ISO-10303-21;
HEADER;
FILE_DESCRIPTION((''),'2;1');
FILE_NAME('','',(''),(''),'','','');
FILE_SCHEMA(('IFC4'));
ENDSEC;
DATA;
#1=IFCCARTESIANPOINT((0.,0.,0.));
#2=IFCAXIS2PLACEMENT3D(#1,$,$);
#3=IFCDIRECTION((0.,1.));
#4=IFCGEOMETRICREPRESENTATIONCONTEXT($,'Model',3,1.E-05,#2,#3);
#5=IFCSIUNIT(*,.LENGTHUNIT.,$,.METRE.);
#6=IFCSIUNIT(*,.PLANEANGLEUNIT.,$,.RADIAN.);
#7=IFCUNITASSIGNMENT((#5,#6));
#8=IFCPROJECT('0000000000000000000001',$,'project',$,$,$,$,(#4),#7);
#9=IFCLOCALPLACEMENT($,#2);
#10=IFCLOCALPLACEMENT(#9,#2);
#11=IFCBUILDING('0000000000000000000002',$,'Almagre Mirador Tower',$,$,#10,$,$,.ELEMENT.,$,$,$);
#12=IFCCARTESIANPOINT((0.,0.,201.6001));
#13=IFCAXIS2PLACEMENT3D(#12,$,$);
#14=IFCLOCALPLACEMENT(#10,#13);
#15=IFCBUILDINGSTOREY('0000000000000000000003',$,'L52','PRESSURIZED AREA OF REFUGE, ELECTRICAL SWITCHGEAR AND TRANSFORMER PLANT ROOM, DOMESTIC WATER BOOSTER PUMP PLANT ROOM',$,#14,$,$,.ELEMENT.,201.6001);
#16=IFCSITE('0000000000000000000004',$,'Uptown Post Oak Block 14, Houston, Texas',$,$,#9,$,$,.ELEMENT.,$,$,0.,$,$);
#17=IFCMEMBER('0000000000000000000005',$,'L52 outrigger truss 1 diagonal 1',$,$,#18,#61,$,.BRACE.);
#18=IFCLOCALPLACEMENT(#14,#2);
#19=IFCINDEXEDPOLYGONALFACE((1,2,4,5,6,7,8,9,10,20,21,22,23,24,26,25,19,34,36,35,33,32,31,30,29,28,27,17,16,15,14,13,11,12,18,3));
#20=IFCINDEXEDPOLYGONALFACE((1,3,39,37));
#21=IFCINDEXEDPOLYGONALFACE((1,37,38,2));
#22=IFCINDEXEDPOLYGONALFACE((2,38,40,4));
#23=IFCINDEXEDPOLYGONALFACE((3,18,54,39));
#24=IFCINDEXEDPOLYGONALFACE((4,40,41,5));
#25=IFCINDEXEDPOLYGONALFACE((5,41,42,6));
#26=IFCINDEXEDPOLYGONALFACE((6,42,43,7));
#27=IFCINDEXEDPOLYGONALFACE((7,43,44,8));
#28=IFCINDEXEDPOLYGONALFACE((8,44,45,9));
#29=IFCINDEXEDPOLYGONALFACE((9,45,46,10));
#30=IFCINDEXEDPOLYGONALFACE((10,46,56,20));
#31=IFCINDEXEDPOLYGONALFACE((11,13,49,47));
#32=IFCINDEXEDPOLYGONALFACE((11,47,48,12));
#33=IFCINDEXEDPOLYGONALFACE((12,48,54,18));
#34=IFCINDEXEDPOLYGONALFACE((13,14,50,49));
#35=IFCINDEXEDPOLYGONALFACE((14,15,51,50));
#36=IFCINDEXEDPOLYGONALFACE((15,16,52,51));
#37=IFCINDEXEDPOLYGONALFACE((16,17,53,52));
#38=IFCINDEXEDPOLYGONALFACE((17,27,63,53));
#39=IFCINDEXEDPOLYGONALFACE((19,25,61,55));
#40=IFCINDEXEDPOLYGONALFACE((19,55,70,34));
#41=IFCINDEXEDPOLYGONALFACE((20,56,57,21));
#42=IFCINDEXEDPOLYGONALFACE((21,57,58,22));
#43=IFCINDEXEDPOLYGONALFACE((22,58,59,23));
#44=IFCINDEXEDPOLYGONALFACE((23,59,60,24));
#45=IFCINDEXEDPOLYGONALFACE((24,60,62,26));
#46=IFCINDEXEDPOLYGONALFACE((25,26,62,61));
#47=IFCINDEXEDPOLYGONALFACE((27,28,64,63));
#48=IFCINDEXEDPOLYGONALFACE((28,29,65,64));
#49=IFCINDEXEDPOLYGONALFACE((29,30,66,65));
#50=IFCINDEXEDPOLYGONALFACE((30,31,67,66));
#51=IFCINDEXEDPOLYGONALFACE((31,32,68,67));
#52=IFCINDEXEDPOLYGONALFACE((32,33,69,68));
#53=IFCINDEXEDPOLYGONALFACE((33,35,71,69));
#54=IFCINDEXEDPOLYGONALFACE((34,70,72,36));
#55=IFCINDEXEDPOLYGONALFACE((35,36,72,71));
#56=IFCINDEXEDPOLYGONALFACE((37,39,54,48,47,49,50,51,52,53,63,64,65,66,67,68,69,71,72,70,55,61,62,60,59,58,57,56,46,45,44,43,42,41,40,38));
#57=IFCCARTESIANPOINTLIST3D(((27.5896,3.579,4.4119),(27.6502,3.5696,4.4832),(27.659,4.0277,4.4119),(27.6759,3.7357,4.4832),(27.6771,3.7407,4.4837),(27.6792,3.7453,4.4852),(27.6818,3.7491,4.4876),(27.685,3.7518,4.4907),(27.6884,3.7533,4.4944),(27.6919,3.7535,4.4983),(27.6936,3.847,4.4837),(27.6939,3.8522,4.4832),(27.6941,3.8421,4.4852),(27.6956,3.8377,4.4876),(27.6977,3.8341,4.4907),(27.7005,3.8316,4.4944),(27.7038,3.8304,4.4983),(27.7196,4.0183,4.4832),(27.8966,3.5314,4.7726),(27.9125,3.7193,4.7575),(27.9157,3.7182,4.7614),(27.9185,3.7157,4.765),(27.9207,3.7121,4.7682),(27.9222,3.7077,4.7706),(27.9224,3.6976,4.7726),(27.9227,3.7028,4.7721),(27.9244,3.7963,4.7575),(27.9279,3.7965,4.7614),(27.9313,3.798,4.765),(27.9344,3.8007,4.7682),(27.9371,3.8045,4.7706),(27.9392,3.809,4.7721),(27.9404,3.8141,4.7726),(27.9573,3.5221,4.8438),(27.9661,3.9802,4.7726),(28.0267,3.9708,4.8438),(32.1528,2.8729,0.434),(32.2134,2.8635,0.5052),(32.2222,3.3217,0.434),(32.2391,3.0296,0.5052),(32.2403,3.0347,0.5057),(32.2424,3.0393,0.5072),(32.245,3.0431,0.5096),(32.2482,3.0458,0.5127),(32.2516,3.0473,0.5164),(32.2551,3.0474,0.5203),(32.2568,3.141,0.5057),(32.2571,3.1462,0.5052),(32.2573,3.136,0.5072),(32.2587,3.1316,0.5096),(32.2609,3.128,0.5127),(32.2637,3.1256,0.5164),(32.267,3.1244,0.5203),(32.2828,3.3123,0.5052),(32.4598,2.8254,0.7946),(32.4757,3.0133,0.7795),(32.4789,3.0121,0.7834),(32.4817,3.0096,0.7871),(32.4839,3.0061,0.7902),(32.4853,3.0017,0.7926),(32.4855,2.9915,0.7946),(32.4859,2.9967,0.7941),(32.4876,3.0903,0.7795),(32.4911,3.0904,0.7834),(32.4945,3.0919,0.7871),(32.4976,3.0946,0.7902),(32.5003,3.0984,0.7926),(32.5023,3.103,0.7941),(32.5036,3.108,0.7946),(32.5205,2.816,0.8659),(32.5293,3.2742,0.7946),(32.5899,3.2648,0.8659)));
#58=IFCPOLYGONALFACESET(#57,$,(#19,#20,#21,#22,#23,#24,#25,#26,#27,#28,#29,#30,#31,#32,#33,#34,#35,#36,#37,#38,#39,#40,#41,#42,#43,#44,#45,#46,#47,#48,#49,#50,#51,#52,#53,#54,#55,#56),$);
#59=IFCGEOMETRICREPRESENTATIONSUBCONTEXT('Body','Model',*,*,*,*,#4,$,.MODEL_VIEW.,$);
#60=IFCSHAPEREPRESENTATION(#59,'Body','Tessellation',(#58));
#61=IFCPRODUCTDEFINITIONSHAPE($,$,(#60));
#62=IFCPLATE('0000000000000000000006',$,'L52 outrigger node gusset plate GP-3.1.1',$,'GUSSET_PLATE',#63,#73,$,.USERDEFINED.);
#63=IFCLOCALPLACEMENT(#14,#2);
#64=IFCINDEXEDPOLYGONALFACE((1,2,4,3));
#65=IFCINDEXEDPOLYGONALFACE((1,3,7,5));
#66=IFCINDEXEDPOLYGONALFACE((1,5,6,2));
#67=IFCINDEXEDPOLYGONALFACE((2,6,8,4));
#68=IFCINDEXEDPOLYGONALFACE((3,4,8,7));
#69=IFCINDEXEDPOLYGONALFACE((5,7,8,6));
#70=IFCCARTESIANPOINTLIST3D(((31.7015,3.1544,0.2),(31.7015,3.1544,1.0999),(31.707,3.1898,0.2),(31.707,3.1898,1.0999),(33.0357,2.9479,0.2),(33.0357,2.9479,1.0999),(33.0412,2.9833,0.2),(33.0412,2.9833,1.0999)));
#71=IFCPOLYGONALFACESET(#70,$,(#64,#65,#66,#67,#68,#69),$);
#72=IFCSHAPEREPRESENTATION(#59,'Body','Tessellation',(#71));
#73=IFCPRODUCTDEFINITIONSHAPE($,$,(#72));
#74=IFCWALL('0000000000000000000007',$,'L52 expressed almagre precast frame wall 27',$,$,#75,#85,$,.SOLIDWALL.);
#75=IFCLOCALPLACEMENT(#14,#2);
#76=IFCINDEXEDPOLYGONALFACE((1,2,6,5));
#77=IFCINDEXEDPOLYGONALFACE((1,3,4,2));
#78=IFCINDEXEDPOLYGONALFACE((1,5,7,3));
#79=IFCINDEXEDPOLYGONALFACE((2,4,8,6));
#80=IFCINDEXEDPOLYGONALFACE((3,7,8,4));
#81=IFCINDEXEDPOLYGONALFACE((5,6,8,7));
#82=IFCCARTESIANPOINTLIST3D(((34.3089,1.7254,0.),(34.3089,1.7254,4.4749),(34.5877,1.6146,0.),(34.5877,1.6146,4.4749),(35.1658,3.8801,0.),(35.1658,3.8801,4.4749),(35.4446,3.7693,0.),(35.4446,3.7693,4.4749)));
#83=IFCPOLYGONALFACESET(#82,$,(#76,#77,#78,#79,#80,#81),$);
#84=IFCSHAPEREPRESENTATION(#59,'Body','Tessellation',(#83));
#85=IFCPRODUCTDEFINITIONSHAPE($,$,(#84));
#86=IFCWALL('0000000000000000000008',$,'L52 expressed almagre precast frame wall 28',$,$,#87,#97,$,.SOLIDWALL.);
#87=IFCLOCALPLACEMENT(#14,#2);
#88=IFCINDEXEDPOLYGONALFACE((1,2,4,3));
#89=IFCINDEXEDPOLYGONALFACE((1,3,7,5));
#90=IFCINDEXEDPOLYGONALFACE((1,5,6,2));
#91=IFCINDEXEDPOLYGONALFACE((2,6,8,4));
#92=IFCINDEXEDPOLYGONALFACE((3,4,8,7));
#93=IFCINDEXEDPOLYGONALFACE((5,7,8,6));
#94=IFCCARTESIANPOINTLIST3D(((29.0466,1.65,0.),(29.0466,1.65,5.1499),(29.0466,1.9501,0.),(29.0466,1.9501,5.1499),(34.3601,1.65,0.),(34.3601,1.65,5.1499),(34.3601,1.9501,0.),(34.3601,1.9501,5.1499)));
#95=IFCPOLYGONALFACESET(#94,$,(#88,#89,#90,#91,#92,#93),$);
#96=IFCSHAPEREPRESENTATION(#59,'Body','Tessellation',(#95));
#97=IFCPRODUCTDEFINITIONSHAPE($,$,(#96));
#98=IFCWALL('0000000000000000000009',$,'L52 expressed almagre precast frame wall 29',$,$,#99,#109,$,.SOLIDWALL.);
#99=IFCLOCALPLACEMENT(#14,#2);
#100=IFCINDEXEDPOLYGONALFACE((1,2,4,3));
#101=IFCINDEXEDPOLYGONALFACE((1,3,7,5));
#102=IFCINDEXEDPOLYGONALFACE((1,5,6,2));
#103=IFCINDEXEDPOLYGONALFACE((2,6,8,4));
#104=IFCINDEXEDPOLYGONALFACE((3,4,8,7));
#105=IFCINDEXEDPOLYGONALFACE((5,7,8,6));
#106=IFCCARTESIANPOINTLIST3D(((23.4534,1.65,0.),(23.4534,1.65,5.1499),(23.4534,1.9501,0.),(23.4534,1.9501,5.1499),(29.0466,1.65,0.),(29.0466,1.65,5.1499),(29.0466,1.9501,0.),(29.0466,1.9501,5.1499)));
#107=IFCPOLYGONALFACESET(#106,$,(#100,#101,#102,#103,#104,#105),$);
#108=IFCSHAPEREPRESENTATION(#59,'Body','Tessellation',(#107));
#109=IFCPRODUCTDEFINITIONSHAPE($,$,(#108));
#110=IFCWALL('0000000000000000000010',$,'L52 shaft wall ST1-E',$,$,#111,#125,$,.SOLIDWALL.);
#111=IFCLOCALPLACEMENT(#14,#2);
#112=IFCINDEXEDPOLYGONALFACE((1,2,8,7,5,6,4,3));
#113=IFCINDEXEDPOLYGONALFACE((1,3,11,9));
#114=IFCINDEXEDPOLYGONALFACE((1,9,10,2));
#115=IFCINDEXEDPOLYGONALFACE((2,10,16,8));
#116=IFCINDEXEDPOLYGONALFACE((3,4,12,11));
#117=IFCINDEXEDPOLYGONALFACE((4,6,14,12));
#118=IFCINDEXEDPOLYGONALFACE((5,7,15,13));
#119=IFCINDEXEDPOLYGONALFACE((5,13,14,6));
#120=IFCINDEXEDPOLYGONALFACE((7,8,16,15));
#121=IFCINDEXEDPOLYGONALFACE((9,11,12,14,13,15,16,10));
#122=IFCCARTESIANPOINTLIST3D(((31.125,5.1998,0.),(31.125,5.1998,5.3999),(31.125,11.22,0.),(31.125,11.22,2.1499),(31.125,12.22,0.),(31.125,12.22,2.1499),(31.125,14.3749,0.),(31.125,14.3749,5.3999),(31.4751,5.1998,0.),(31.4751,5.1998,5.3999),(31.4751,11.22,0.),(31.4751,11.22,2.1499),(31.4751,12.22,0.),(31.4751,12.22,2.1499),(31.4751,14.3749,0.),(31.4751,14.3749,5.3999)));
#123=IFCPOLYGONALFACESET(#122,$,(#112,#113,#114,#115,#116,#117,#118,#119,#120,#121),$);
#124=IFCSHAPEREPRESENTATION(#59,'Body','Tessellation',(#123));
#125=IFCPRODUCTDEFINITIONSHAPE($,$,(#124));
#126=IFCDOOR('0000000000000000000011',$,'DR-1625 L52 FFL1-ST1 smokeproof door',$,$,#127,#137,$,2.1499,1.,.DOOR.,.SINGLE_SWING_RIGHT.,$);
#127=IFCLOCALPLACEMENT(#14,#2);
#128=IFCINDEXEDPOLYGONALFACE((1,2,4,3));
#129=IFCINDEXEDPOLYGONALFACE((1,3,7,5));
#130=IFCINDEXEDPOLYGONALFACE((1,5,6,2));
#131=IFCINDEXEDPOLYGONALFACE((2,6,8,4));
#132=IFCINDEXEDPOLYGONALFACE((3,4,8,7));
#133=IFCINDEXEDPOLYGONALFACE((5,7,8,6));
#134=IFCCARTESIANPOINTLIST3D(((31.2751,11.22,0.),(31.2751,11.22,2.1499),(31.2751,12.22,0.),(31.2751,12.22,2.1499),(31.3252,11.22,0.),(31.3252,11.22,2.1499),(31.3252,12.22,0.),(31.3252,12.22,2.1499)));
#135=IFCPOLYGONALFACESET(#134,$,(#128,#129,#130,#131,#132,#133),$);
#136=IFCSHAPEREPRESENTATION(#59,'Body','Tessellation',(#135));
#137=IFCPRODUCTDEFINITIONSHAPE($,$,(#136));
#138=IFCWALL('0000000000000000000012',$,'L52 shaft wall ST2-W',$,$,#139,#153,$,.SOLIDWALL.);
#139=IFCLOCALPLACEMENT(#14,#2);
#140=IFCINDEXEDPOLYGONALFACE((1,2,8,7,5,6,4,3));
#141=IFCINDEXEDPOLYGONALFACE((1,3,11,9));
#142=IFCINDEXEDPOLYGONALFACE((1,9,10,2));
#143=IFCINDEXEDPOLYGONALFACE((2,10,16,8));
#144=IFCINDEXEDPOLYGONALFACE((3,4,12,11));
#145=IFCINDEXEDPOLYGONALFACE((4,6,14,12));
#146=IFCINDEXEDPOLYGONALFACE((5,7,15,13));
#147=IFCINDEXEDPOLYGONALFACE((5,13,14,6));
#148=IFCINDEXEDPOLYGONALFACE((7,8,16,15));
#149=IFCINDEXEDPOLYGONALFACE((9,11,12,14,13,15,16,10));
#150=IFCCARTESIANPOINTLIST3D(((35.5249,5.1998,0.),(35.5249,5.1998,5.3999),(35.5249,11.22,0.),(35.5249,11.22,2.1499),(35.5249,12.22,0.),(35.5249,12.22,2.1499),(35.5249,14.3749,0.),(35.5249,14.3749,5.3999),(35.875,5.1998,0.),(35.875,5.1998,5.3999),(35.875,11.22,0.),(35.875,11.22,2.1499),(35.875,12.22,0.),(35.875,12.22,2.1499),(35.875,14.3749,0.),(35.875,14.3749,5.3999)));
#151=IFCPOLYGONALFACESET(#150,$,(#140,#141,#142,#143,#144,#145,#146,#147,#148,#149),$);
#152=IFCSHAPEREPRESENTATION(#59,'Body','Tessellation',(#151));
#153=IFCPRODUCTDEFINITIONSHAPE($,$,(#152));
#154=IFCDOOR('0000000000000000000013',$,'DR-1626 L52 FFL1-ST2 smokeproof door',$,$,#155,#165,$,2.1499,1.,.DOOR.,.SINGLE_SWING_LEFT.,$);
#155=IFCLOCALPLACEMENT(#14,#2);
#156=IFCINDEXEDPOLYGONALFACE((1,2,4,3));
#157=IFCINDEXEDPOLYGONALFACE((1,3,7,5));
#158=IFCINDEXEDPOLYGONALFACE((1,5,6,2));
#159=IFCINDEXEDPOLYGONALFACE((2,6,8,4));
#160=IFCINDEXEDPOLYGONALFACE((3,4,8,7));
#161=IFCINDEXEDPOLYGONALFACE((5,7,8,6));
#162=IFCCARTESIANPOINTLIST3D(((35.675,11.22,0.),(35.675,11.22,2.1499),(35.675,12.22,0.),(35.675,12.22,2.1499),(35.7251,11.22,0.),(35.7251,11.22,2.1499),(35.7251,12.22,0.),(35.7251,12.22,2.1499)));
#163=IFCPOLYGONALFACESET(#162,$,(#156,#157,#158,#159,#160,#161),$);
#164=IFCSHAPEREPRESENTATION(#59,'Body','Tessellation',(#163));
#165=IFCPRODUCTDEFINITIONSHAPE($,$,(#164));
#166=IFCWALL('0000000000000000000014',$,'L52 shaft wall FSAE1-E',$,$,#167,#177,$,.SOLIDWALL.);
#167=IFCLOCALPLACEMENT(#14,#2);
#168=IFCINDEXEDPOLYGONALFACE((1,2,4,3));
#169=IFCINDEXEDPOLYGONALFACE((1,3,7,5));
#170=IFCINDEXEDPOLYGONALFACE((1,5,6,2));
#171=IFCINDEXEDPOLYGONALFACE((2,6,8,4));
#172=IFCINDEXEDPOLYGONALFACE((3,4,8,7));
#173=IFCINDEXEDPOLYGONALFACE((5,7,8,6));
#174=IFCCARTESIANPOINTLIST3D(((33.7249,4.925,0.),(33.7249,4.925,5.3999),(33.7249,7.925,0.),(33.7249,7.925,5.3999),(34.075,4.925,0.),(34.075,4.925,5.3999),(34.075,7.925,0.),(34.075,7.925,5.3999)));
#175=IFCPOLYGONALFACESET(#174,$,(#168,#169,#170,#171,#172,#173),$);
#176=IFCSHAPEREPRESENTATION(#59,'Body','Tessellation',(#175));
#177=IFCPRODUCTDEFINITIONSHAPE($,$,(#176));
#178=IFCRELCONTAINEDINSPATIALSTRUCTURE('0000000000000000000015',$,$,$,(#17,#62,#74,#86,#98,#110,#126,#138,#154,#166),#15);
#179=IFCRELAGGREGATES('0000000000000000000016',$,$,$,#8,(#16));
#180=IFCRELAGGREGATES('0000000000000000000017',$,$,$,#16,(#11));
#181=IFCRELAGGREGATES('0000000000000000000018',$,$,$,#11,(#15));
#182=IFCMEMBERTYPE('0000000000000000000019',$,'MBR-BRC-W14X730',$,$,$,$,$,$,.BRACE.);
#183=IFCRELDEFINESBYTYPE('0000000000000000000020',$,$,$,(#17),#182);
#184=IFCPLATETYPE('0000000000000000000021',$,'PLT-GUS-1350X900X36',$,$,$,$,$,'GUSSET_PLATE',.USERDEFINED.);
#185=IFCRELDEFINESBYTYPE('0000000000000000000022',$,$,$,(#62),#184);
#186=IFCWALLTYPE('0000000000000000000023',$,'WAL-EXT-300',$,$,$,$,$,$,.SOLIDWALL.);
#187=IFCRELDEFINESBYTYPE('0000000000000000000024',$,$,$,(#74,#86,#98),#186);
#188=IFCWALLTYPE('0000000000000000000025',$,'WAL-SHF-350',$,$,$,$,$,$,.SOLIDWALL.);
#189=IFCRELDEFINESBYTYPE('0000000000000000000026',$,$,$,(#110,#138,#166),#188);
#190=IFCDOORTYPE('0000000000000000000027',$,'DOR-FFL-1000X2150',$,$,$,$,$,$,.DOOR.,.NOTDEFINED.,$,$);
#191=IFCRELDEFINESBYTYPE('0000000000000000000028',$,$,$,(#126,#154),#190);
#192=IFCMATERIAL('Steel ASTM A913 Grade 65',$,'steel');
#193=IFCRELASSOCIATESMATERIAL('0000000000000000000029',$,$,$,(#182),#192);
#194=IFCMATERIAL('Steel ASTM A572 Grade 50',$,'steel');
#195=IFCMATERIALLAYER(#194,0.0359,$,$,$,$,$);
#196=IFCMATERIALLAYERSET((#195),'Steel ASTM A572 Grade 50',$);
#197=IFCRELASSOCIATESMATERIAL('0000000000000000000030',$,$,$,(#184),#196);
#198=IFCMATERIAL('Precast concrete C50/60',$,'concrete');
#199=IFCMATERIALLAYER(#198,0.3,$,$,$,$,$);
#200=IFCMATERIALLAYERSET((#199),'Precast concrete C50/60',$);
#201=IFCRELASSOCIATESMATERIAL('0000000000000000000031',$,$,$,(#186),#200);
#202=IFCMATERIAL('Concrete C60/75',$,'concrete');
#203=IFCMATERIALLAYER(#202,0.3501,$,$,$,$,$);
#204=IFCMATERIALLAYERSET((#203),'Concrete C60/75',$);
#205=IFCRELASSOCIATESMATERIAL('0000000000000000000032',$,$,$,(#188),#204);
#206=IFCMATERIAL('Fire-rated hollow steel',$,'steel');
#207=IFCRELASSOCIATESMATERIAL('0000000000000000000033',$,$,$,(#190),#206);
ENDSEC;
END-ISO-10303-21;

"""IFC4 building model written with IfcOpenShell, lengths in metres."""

from ifc_helpers import new_model, si_unit, direction, frame, frame_2d, origin, origin_2d, place, context, subcontext, project, spatial, rectangle, i_section, extrude, material, layer, layer_set, material_profile, profile_set, type_object, element, fill, save


model = new_model("IFC4")

# Units and contexts
model_context = context("Model", 3, precision=1e-05, world=origin(), true_north=direction((0.0, 1.0)))
body_context = subcontext(model_context, "Body", "Model", "MODEL_VIEW")
ifc_project = project(units=[si_unit("LENGTHUNIT", "METRE"), si_unit("PLANEANGLEUNIT", "RADIAN")], contexts=[model_context])

# Site, building, storey
site_placement = place(None, origin())
site = spatial("IfcSite", under=ifc_project, at=site_placement, Name="Uptown Post Oak Block 14, Houston, Texas", CompositionType="ELEMENT", RefElevation=0.0)
building_placement = place(site_placement, origin())
building = spatial("IfcBuilding", under=site, at=building_placement, Name="Almagre Mirador Tower", CompositionType="ELEMENT")
storey_placement = place(building_placement, frame((0.0, 0.0, 201.6001)))
storey = spatial("IfcBuildingStorey", under=building, at=storey_placement, Name="L52", Description="PRESSURIZED AREA OF REFUGE, ELECTRICAL SWITCHGEAR AND TRANSFORMER PLANT ROOM, DOMESTIC WATER BOOSTER PUMP PLANT ROOM", CompositionType="ELEMENT", Elevation=201.6001)

# Member
ifc_material_1 = material(Name="Steel ASTM A913 Grade 65", Category="steel")
ifc_material_profile_1 = material_profile(ifc_material_1, i_section(OverallWidth=0.4541, OverallDepth=0.5701, WebThickness=0.0779, FlangeThickness=0.094, FilletRadius=0.02, at=origin_2d()), Name="W14X730")
ifc_profile_set_1 = profile_set([ifc_material_profile_1], Name="Steel ASTM A913 Grade 65")
member_type = type_object("IfcMemberType", Name="MBR-BRC-W14X730", PredefinedType="BRACE", material=ifc_profile_set_1)
member_placement = place(storey_placement, frame((32.3713, 3.0688, 0.6499), z_axis=(-0.748712, 0.115846, 0.652695), x_axis=(-0.152907, -0.988241, 0.0)))
element("IfcMember", 1, at=member_placement, inside=storey, type_object=member_type, Name="L52 outrigger truss 1 diagonal 1", PredefinedType="BRACE", context=body_context, shape_type="SweptSolid", body=[
    extrude(i_section(OverallWidth=0.4541, OverallDepth=0.5701, WebThickness=0.0779, FlangeThickness=0.094, FilletRadius=0.02, at=origin_2d()), origin(), (0.0, 0.0, 1.0), 6.0947),
])

# Plate
ifc_material_2 = material(Name="Steel ASTM A572 Grade 50", Category="steel")
ifc_layer_1 = layer(ifc_material_2, 0.0359)
ifc_layer_set_1 = layer_set([ifc_layer_1], Name="Steel ASTM A572 Grade 50")
plate_type = type_object("IfcPlateType", Name="PLT-GUS-1350X900X36", ElementType="GUSSET_PLATE", PredefinedType="USERDEFINED", material=ifc_layer_set_1)
plate_placement = place(storey_placement, frame((32.3713, 3.0688, 0.2), z_axis=(0.0, 0.0, 1.0), x_axis=(-0.988236, 0.152934, 0.0)))
element("IfcPlate", 2, at=plate_placement, inside=storey, type_object=plate_type, Name="L52 outrigger node gusset plate GP-3.1.1", ObjectType="GUSSET_PLATE", PredefinedType="USERDEFINED", context=body_context, shape_type="SweptSolid", body=[
    extrude(rectangle(XDim=1.3501, YDim=0.0359, at=origin_2d()), origin(), (0.0, 0.0, 1.0), 0.8999),
])

# Walls
ifc_material_3 = material(Name="Precast concrete C50/60", Category="concrete")
ifc_layer_2 = layer(ifc_material_3, 0.3)
ifc_layer_set_2 = layer_set([ifc_layer_2], Name="Precast concrete C50/60")
wall_type_1 = type_object("IfcWallType", Name="WAL-EXT-300", PredefinedType="SOLIDWALL", material=ifc_layer_set_2)
wall_1_placement = place(storey_placement, frame((35.3052, 3.8247, 0.0), z_axis=(0.0, 0.0, 1.0), x_axis=(-0.369538, -0.929215, 0.0)))
element("IfcWall", 3, at=wall_1_placement, inside=storey, type_object=wall_type_1, Name="L52 expressed almagre precast frame wall 27", PredefinedType="SOLIDWALL", context=body_context, shape_type="SweptSolid", body=[
    extrude(rectangle(XDim=2.3188, YDim=0.3, at=frame_2d((1.1594, 0.0))), origin(), (0.0, 0.0, 1.0), 4.4749),
])
wall_2_placement = place(storey_placement, frame((34.3601, 1.8, 0.0), z_axis=(0.0, 0.0, 1.0), x_axis=(-1.0, 0.0, 0.0)))
element("IfcWall", 4, at=wall_2_placement, inside=storey, type_object=wall_type_1, Name="L52 expressed almagre precast frame wall 28", PredefinedType="SOLIDWALL", context=body_context, shape_type="SweptSolid", body=[
    extrude(rectangle(XDim=5.3135, YDim=0.3, at=frame_2d((2.6567, 0.0))), origin(), (0.0, 0.0, 1.0), 5.1499),
])
wall_3_placement = place(storey_placement, frame((29.0466, 1.8, 0.0), z_axis=(0.0, 0.0, 1.0), x_axis=(-1.0, 0.0, 0.0)))
element("IfcWall", 5, at=wall_3_placement, inside=storey, type_object=wall_type_1, Name="L52 expressed almagre precast frame wall 29", PredefinedType="SOLIDWALL", context=body_context, shape_type="SweptSolid", body=[
    extrude(rectangle(XDim=5.5933, YDim=0.3, at=frame_2d((2.7966, 0.0))), origin(), (0.0, 0.0, 1.0), 5.1499),
])

# Walls, openings, doors
ifc_material_4 = material(Name="Concrete C60/75", Category="concrete")
ifc_layer_3 = layer(ifc_material_4, 0.3501)
ifc_layer_set_3 = layer_set([ifc_layer_3], Name="Concrete C60/75")
wall_type_2 = type_object("IfcWallType", Name="WAL-SHF-350", PredefinedType="SOLIDWALL", material=ifc_layer_set_3)
wall_4_placement = place(storey_placement, frame((31.3, 5.2, 0.0), z_axis=(0.0, 0.0, 1.0), x_axis=(0.0, 1.0, 0.0)))
wall_4 = element("IfcWall", 6, at=wall_4_placement, inside=storey, type_object=wall_type_2, Name="L52 shaft wall ST1-E", PredefinedType="SOLIDWALL", context=body_context, shape_type="SweptSolid", body=[
    extrude(rectangle(XDim=9.175, YDim=0.3501, at=frame_2d((4.5874, 0.0))), origin(), (0.0, 0.0, 1.0), 5.3999),
])
opening_1_placement = place(wall_4_placement, frame((6.02, 0.0, 0.0)))
opening_1 = element("IfcOpeningElement", 7, at=opening_1_placement, cuts=wall_4, PredefinedType="OPENING", context=body_context, shape_type="SweptSolid", body=[
    extrude(rectangle(XDim=1.0, YDim=2.1499, at=frame_2d((0.5, 1.075))), frame((0.0, 0.185, 0.0), z_axis=(0.0, -1.0, 0.0), x_axis=(1.0, 0.0, 0.0)), (0.0, 0.0, 1.0), 0.3701),
])
ifc_material_5 = material(Name="Fire-rated hollow steel", Category="steel")
door_type = type_object("IfcDoorType", Name="DOR-FFL-1000X2150", OperationType="NOTDEFINED", PredefinedType="DOOR", material=ifc_material_5)
door_1_placement = place(opening_1_placement, origin())
door_1 = element("IfcDoor", 8, at=door_1_placement, inside=storey, type_object=door_type, Name="DR-1625 L52 FFL1-ST1 smokeproof door", OperationType="SINGLE_SWING_RIGHT", OverallHeight=2.1499, OverallWidth=1.0, PredefinedType="DOOR", context=body_context, shape_type="SweptSolid", body=[
    extrude(rectangle(XDim=1.0, YDim=2.1499, at=frame_2d((0.5, 1.075))), frame((0.0, 0.0249, 0.0), z_axis=(0.0, -1.0, 0.0), x_axis=(1.0, 0.0, 0.0)), (0.0, 0.0, 1.0), 0.05),
])
fill(opening_1, door_1)
wall_5_placement = place(storey_placement, frame((35.7, 5.2, 0.0), z_axis=(0.0, 0.0, 1.0), x_axis=(0.0, 1.0, 0.0)))
wall_5 = element("IfcWall", 9, at=wall_5_placement, inside=storey, type_object=wall_type_2, Name="L52 shaft wall ST2-W", PredefinedType="SOLIDWALL", context=body_context, shape_type="SweptSolid", body=[
    extrude(rectangle(XDim=9.175, YDim=0.3501, at=frame_2d((4.5874, 0.0))), origin(), (0.0, 0.0, 1.0), 5.3999),
])
opening_2_placement = place(wall_5_placement, frame((6.02, 0.0, 0.0)))
opening_2 = element("IfcOpeningElement", 10, at=opening_2_placement, cuts=wall_5, PredefinedType="OPENING", context=body_context, shape_type="SweptSolid", body=[
    extrude(rectangle(XDim=1.0, YDim=2.1499, at=frame_2d((0.5, 1.075))), frame((0.0, 0.185, 0.0), z_axis=(0.0, -1.0, 0.0), x_axis=(1.0, 0.0, 0.0)), (0.0, 0.0, 1.0), 0.3701),
])
door_2_placement = place(opening_2_placement, origin())
door_2 = element("IfcDoor", 11, at=door_2_placement, inside=storey, type_object=door_type, Name="DR-1626 L52 FFL1-ST2 smokeproof door", OperationType="SINGLE_SWING_LEFT", OverallHeight=2.1499, OverallWidth=1.0, PredefinedType="DOOR", context=body_context, shape_type="SweptSolid", body=[
    extrude(rectangle(XDim=1.0, YDim=2.1499, at=frame_2d((0.5, 1.075))), frame((0.0, 0.0249, 0.0), z_axis=(0.0, -1.0, 0.0), x_axis=(1.0, 0.0, 0.0)), (0.0, 0.0, 1.0), 0.05),
])
fill(opening_2, door_2)

# Wall
wall_6_placement = place(storey_placement, frame((33.8999, 4.925, 0.0), z_axis=(0.0, 0.0, 1.0), x_axis=(0.0, 1.0, 0.0)))
element("IfcWall", 12, at=wall_6_placement, inside=storey, type_object=wall_type_2, Name="L52 shaft wall FSAE1-E", PredefinedType="SOLIDWALL", context=body_context, shape_type="SweptSolid", body=[
    extrude(rectangle(XDim=3.0, YDim=0.3501, at=frame_2d((1.5, 0.0))), origin(), (0.0, 0.0, 1.0), 5.3999),
])

save(model, "model.ifc")
